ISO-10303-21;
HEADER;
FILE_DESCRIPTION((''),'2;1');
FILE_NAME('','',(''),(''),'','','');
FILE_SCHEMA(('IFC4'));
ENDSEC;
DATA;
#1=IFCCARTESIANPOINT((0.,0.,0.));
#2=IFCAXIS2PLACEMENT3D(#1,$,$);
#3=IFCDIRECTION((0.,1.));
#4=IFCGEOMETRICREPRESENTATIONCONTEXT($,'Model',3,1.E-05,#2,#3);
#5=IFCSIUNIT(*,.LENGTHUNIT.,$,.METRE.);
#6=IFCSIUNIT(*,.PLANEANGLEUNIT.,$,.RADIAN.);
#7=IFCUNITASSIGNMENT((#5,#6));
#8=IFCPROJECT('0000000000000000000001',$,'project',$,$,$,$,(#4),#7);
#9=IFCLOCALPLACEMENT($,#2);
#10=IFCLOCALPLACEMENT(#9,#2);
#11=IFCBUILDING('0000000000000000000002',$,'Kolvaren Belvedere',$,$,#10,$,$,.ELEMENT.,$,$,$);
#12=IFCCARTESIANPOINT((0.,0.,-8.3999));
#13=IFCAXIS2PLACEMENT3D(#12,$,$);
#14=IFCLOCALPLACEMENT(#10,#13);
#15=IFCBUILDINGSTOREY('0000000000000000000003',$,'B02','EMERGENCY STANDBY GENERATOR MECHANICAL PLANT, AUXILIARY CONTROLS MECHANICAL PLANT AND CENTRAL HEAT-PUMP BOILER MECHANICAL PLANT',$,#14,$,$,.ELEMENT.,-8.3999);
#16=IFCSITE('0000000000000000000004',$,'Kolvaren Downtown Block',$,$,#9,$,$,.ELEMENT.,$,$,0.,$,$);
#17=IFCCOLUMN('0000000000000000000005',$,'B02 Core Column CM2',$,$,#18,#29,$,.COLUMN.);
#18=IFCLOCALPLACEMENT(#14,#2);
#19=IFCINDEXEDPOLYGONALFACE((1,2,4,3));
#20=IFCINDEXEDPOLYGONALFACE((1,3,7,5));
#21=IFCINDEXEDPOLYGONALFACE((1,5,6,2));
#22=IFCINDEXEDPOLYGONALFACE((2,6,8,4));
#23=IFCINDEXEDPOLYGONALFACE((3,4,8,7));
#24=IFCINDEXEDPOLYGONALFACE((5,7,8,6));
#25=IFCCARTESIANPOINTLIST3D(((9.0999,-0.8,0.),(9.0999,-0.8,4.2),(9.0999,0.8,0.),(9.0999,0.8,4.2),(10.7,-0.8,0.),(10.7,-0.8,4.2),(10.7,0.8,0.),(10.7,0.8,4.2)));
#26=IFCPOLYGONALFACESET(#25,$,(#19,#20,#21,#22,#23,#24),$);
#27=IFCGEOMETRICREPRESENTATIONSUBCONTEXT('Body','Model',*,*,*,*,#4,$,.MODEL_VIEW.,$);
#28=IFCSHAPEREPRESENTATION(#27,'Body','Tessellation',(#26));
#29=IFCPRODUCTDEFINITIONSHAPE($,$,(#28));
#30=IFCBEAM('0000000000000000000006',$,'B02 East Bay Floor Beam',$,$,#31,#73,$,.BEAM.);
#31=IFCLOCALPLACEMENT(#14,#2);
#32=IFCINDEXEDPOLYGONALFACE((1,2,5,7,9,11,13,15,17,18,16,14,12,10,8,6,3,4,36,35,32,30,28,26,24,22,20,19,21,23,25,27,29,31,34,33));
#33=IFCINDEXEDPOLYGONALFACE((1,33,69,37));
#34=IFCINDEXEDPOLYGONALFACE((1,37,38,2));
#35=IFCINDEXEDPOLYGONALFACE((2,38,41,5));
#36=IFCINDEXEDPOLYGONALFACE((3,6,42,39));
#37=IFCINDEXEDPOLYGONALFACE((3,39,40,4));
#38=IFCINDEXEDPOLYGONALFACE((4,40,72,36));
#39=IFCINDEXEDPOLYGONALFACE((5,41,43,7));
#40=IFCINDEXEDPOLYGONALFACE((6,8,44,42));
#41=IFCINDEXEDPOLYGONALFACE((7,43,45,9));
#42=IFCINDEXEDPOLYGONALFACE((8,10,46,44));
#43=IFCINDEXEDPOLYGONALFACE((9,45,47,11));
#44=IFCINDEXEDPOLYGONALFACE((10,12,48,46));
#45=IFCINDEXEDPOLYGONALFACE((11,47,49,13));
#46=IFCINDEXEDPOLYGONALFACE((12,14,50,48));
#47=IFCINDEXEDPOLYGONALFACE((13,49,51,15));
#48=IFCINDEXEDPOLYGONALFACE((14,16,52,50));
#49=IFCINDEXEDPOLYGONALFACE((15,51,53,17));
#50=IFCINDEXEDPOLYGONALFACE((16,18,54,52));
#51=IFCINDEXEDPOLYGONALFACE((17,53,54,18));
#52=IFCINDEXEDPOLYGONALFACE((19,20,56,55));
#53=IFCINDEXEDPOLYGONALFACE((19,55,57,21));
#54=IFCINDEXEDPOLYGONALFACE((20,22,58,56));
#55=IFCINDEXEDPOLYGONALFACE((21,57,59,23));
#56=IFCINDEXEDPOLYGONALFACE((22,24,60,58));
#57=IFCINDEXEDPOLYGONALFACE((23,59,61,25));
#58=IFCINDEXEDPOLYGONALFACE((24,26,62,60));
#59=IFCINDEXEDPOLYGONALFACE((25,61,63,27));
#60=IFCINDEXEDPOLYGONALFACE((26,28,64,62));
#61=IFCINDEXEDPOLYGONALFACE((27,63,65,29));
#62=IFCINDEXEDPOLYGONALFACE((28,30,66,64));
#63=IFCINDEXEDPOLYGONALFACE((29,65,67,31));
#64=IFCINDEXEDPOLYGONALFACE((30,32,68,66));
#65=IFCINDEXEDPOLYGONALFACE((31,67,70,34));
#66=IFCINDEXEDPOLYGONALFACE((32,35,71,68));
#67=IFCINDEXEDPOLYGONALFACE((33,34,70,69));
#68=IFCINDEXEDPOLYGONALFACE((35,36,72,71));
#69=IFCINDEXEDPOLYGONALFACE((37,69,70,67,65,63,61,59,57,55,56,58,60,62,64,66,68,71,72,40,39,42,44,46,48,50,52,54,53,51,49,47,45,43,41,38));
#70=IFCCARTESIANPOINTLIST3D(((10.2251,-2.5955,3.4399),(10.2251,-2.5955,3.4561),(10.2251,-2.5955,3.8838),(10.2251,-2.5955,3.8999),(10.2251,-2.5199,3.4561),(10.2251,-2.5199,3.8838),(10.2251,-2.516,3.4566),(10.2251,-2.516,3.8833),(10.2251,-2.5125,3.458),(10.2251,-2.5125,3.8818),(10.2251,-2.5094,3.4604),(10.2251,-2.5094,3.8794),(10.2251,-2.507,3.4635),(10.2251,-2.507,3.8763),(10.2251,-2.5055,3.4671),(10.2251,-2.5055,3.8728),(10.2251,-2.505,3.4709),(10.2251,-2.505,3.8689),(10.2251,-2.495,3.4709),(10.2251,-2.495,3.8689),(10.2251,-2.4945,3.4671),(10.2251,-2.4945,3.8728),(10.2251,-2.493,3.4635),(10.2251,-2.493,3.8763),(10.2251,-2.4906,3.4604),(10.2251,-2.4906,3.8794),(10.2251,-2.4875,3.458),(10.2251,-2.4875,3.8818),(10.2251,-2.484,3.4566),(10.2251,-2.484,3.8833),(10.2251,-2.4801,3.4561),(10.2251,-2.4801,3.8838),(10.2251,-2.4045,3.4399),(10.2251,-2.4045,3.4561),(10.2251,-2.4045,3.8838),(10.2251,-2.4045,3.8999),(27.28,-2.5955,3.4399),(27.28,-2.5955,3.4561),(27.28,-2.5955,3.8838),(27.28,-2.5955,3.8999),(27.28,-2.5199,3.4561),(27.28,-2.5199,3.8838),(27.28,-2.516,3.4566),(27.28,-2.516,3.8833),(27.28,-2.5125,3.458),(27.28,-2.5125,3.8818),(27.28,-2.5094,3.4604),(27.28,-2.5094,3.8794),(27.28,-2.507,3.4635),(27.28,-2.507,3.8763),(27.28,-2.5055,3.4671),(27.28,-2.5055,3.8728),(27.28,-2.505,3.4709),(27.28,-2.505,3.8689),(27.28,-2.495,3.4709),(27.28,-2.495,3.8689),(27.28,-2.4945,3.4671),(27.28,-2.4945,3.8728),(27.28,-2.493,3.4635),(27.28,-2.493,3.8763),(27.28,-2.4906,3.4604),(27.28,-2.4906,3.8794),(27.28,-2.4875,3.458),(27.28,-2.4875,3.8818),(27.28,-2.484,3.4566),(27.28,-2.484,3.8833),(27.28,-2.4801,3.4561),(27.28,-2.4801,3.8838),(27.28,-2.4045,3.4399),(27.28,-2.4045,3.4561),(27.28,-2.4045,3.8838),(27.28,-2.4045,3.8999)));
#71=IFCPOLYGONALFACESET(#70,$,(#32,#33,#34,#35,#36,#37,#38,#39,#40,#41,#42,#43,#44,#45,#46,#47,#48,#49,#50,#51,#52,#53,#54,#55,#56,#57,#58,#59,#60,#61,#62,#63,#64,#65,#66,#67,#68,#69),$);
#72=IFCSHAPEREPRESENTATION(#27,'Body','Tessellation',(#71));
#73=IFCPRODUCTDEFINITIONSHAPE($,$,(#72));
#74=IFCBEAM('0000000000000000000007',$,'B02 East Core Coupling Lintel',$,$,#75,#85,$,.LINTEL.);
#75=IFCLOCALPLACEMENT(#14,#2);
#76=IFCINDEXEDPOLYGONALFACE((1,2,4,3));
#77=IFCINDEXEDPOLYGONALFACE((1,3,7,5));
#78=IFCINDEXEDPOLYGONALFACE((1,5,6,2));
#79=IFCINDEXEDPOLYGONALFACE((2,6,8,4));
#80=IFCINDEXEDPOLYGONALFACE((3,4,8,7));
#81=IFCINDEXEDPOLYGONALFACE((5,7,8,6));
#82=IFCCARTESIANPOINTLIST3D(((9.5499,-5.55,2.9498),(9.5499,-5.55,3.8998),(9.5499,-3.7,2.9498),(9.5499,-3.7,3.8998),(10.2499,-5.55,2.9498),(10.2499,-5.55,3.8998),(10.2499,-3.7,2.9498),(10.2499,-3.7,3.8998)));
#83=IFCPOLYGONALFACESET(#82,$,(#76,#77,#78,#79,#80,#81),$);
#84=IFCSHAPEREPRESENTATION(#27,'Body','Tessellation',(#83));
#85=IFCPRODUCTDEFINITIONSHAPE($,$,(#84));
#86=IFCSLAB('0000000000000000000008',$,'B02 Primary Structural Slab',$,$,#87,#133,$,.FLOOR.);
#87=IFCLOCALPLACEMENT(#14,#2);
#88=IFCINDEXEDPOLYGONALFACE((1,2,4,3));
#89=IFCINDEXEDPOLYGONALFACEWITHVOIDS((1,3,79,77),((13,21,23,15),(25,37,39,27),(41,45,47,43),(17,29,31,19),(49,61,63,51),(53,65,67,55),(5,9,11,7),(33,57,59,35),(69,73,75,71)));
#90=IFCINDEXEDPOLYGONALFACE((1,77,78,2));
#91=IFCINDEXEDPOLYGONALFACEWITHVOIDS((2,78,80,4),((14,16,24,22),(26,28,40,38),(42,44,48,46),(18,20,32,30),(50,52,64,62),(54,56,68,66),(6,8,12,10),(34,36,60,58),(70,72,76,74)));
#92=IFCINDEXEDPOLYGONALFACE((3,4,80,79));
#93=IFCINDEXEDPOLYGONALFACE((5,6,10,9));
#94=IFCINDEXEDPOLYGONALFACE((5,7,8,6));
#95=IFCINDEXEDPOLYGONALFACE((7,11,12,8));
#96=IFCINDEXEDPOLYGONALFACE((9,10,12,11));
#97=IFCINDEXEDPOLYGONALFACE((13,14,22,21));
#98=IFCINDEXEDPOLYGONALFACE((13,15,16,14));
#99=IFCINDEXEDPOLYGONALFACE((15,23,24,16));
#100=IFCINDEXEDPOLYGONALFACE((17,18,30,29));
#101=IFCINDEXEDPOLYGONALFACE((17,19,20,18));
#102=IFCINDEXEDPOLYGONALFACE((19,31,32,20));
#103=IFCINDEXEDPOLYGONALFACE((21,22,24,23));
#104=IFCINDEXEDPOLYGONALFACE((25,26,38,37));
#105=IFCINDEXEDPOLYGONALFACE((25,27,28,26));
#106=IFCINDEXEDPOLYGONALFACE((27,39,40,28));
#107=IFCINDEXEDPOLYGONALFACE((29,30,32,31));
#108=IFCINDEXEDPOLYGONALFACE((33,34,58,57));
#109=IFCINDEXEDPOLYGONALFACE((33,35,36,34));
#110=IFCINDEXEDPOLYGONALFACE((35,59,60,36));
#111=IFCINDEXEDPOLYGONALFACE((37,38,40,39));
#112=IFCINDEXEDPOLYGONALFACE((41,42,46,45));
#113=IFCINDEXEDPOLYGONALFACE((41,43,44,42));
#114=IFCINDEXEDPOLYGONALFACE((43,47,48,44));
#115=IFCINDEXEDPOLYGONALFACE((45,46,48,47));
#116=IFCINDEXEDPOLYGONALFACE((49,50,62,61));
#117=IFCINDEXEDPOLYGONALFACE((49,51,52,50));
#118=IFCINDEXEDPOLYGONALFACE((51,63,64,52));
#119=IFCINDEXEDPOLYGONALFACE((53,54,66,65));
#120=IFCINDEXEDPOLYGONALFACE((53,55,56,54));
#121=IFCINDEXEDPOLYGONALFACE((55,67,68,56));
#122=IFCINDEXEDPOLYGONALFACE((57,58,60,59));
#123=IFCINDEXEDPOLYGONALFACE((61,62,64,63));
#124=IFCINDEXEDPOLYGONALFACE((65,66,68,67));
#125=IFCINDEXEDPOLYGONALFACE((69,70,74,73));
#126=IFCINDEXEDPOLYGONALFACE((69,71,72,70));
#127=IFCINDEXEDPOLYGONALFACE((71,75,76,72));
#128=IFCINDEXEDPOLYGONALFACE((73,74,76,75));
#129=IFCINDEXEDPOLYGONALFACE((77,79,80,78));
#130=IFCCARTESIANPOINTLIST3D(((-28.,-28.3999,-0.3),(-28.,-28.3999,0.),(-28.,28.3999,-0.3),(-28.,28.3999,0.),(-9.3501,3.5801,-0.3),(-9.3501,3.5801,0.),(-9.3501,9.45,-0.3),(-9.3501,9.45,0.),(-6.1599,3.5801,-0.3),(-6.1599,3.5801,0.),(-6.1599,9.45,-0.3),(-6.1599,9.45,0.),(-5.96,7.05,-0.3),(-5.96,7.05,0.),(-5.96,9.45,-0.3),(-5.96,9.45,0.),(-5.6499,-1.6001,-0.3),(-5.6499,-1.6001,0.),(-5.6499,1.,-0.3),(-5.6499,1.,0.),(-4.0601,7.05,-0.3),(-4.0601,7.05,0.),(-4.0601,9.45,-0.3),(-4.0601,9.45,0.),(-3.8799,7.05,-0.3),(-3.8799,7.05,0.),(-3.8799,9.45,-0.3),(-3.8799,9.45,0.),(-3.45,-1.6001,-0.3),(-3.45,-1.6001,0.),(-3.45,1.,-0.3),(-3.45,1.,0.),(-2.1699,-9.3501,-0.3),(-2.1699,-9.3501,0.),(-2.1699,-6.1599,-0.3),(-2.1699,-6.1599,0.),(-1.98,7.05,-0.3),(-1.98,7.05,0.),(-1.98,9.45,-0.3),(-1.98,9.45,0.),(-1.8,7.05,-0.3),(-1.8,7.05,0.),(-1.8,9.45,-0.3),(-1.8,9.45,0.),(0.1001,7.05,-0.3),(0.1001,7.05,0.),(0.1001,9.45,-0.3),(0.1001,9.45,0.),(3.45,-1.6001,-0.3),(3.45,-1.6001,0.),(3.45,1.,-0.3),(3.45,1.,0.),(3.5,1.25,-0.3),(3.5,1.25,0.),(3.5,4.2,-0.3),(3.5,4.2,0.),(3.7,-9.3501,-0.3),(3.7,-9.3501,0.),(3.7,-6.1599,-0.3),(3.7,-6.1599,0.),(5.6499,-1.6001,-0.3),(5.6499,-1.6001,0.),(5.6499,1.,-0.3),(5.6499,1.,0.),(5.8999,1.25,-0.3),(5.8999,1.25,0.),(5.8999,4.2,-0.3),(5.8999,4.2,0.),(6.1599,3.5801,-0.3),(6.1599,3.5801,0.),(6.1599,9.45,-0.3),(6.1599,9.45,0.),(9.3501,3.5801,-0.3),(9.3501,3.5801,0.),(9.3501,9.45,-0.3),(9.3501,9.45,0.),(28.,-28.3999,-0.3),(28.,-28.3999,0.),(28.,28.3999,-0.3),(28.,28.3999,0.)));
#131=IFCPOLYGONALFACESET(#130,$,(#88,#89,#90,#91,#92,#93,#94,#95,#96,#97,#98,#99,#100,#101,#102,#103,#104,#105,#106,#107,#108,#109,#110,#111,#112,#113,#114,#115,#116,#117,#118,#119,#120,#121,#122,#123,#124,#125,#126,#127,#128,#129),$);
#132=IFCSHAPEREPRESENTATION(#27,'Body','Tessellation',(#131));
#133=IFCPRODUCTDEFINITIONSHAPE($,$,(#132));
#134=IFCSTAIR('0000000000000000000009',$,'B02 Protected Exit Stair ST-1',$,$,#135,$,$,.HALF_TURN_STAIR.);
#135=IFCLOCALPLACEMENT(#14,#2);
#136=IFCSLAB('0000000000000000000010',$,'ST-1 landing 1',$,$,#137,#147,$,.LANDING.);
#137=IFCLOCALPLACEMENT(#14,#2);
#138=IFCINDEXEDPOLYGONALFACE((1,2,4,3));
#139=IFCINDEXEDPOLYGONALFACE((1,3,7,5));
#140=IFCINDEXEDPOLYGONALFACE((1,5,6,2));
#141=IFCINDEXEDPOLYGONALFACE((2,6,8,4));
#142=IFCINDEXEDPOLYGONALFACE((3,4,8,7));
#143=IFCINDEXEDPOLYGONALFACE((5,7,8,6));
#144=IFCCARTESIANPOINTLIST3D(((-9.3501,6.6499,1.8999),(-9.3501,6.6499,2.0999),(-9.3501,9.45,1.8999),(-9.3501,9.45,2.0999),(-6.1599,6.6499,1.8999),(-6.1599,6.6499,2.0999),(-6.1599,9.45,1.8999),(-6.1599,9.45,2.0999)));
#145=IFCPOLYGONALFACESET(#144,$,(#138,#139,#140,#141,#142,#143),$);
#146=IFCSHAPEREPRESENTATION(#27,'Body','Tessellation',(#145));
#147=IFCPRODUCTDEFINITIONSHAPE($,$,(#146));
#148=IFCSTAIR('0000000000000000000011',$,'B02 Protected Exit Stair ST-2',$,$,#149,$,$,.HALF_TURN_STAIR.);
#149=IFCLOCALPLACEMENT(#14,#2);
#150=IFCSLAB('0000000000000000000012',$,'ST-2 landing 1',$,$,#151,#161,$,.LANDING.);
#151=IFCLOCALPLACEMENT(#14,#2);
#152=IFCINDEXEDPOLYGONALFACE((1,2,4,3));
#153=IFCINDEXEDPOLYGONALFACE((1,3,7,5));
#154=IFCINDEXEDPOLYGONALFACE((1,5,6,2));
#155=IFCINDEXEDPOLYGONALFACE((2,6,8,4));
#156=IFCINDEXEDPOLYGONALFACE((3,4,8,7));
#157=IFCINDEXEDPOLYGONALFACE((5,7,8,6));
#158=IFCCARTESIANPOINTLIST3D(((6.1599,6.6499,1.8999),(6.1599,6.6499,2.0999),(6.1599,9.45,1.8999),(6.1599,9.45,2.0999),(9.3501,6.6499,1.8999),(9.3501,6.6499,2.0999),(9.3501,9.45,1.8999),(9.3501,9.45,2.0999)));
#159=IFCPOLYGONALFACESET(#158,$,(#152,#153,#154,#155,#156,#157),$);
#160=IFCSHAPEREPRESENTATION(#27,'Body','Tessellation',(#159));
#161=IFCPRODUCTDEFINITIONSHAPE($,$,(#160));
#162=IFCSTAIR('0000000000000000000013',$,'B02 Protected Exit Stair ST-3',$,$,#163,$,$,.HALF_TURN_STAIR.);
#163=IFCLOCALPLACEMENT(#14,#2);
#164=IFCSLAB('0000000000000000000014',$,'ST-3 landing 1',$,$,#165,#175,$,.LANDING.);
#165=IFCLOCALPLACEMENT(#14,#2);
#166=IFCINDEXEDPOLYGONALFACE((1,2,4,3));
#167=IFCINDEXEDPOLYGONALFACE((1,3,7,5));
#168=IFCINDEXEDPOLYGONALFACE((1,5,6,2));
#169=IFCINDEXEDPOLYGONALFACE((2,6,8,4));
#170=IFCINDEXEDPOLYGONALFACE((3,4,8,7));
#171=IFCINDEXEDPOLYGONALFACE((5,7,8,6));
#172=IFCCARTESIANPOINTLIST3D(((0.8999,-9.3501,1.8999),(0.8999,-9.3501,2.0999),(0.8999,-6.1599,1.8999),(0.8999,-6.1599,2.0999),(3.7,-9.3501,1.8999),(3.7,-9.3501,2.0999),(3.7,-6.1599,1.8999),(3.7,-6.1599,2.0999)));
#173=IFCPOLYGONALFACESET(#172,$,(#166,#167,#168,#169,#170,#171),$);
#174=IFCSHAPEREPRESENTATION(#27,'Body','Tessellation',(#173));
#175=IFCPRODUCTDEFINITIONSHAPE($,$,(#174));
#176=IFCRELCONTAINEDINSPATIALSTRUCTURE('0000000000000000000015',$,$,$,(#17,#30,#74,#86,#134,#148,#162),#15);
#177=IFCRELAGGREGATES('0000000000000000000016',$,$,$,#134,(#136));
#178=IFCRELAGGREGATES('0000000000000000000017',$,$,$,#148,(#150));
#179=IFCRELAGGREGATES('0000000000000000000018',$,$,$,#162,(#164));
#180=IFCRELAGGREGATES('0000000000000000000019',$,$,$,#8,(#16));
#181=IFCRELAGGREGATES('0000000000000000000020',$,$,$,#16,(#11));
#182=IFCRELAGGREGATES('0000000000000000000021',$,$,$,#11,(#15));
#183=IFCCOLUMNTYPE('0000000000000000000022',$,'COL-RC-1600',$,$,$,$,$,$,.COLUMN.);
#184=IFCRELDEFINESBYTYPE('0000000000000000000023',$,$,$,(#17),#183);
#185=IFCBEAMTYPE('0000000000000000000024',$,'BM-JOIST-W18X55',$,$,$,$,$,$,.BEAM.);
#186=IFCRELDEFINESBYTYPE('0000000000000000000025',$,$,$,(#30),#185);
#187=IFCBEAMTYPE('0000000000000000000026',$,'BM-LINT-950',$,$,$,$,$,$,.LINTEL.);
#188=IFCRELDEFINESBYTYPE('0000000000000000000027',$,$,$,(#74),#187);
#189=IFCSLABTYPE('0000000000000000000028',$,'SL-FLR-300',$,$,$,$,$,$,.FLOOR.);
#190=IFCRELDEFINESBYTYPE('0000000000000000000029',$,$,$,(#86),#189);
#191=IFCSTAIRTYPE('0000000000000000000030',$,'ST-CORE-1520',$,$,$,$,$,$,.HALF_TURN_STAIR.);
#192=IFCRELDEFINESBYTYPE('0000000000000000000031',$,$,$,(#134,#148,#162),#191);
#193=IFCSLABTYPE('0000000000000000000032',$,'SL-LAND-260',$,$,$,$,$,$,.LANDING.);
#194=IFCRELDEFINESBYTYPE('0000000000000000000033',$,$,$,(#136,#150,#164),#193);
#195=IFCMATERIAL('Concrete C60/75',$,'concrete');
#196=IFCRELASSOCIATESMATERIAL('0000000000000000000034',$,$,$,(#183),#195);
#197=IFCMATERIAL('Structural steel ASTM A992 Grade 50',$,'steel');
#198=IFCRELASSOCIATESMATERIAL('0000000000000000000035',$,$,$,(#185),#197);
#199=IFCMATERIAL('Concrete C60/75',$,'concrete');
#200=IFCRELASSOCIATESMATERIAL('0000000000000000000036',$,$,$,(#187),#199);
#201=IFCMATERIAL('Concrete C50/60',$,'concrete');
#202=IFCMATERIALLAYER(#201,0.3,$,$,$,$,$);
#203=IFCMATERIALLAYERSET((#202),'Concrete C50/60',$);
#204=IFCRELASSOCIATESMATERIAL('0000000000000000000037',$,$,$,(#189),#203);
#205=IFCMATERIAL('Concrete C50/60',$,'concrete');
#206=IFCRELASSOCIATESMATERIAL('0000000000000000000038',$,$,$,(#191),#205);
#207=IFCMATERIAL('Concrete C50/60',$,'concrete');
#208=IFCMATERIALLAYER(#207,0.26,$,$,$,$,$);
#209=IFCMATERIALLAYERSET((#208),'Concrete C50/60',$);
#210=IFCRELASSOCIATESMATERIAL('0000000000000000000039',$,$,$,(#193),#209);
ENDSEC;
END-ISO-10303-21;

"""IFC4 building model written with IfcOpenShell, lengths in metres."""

from ifc_helpers import new_model, si_unit, direction, frame, origin, origin_2d, place, context, subcontext, project, spatial, polyline, rectangle, i_section, outline, extrude, material, layer, layer_set, material_profile, profile_set, type_object, element, aggregate, save


model = new_model("IFC4")

# Units and contexts
model_context = context("Model", 3, precision=1e-05, world=origin(), true_north=direction((0.0, 1.0)))
body_context = subcontext(model_context, "Body", "Model", "MODEL_VIEW")
ifc_project = project(units=[si_unit("LENGTHUNIT", "METRE"), si_unit("PLANEANGLEUNIT", "RADIAN")], contexts=[model_context])

# Site, building, storey
site_placement = place(None, origin())
site = spatial("IfcSite", under=ifc_project, at=site_placement, Name="Kolvaren Downtown Block", CompositionType="ELEMENT", RefElevation=0.0)
building_placement = place(site_placement, origin())
building = spatial("IfcBuilding", under=site, at=building_placement, Name="Kolvaren Belvedere", CompositionType="ELEMENT")
storey_placement = place(building_placement, frame((0.0, 0.0, -8.3999)))
storey = spatial("IfcBuildingStorey", under=building, at=storey_placement, Name="B02", Description="EMERGENCY STANDBY GENERATOR MECHANICAL PLANT, AUXILIARY CONTROLS MECHANICAL PLANT AND CENTRAL HEAT-PUMP BOILER MECHANICAL PLANT", CompositionType="ELEMENT", Elevation=-8.3999)

# Column
ifc_material_1 = material(Name="Concrete C60/75", Category="concrete")
ifc_material_profile_1 = material_profile(ifc_material_1, rectangle(XDim=1.6001, YDim=1.6001, at=origin_2d()), Name="RC 1600X1600")
ifc_profile_set_1 = profile_set([ifc_material_profile_1], Name="Concrete C60/75")
column_type = type_object("IfcColumnType", Name="COL-RC-1600", PredefinedType="COLUMN", material=ifc_profile_set_1)
column_placement = place(storey_placement, frame((9.8999, 0.0, 0.0), z_axis=(0.0, 0.0, 1.0), x_axis=(1.0, 0.0, 0.0)))
element("IfcColumn", 1, at=column_placement, inside=storey, type_object=column_type, Name="B02 Core Column CM2", PredefinedType="COLUMN", context=body_context, shape_type="SweptSolid", body=[
    extrude(rectangle(XDim=1.6001, YDim=1.6001, at=origin_2d()), origin(), (0.0, 0.0, 1.0), 4.2),
])

# Beams
ifc_material_2 = material(Name="Structural steel ASTM A992 Grade 50", Category="steel")
ifc_material_profile_2 = material_profile(ifc_material_2, i_section(OverallWidth=0.1909, OverallDepth=0.46, WebThickness=0.01, FlangeThickness=0.0161, FilletRadius=0.0149, at=origin_2d()), Name="W18X55")
ifc_profile_set_2 = profile_set([ifc_material_profile_2], Name="Structural steel ASTM A992 Grade 50")
beam_type_1 = type_object("IfcBeamType", Name="BM-JOIST-W18X55", PredefinedType="BEAM", material=ifc_profile_set_2)
beam_1_placement = place(storey_placement, frame((10.2251, -2.5, 3.6699), z_axis=(1.0, 0.0, 0.0), x_axis=(0.0, 1.0, 0.0)))
element("IfcBeam", 2, at=beam_1_placement, inside=storey, type_object=beam_type_1, Name="B02 East Bay Floor Beam", PredefinedType="BEAM", context=body_context, shape_type="SweptSolid", body=[
    extrude(i_section(OverallWidth=0.1909, OverallDepth=0.46, WebThickness=0.01, FlangeThickness=0.0161, FilletRadius=0.0149, at=origin_2d()), origin(), (0.0, 0.0, 1.0), 17.0549),
])
ifc_material_3 = material(Name="Concrete C60/75", Category="concrete")
ifc_material_profile_3 = material_profile(ifc_material_3, rectangle(XDim=0.7, YDim=0.95, at=origin_2d()), Name="RC 700X950")
ifc_profile_set_3 = profile_set([ifc_material_profile_3], Name="Concrete C60/75")
beam_type_2 = type_object("IfcBeamType", Name="BM-LINT-950", PredefinedType="LINTEL", material=ifc_profile_set_3)
beam_2_placement = place(storey_placement, frame((9.8999, -5.55, 3.4248), z_axis=(0.0, 1.0, 0.0), x_axis=(-1.0, 0.0, 0.0)))
element("IfcBeam", 3, at=beam_2_placement, inside=storey, type_object=beam_type_2, Name="B02 East Core Coupling Lintel", PredefinedType="LINTEL", context=body_context, shape_type="SweptSolid", body=[
    extrude(rectangle(XDim=0.7, YDim=0.95, at=origin_2d()), origin(), (0.0, 0.0, 1.0), 1.8501),
])

# Slab
ifc_material_4 = material(Name="Concrete C50/60", Category="concrete")
ifc_layer_1 = layer(ifc_material_4, 0.3)
ifc_layer_set_1 = layer_set([ifc_layer_1], Name="Concrete C50/60")
slab_type_1 = type_object("IfcSlabType", Name="SL-FLR-300", PredefinedType="FLOOR", material=ifc_layer_set_1)
slab_1_placement = place(storey_placement, frame((0.0, 0.0, -0.3)))
element("IfcSlab", 4, at=slab_1_placement, inside=storey, type_object=slab_type_1, Name="B02 Primary Structural Slab", PredefinedType="FLOOR", context=body_context, shape_type="SweptSolid", body=[
    extrude(outline(polyline([(-28.0, -28.3999), (28.0, -28.3999), (28.0, 28.3999), (-28.0, 28.3999), (-28.0, -28.3999)]), holes=[polyline([(-9.3501, 3.5801), (-6.1599, 3.5801), (-6.1599, 9.45), (-9.3501, 9.45), (-9.3501, 3.5801)]), polyline([(6.1599, 3.5801), (9.3501, 3.5801), (9.3501, 9.45), (6.1599, 9.45), (6.1599, 3.5801)]), polyline([(-2.1699, -9.3501), (3.7, -9.3501), (3.7, -6.1599), (-2.1699, -6.1599), (-2.1699, -9.3501)]), polyline([(-5.6499, -1.6001), (-3.45, -1.6001), (-3.45, 1.0), (-5.6499, 1.0), (-5.6499, -1.6001)]), polyline([(3.5, 1.25), (5.8999, 1.25), (5.8999, 4.2), (3.5, 4.2), (3.5, 1.25)]), polyline([(3.45, -1.6001), (5.6499, -1.6001), (5.6499, 1.0), (3.45, 1.0), (3.45, -1.6001)]), polyline([(-5.96, 7.05), (-4.0601, 7.05), (-4.0601, 9.45), (-5.96, 9.45), (-5.96, 7.05)]), polyline([(-3.8799, 7.05), (-1.98, 7.05), (-1.98, 9.45), (-3.8799, 9.45), (-3.8799, 7.05)]), polyline([(-1.8, 7.05), (0.1001, 7.05), (0.1001, 9.45), (-1.8, 9.45), (-1.8, 7.05)])]), origin(), (0.0, 0.0, 1.0), 0.3),
])

# Stairs, slabs
ifc_material_5 = material(Name="Concrete C50/60", Category="concrete")
stair_type = type_object("IfcStairType", Name="ST-CORE-1520", PredefinedType="HALF_TURN_STAIR", material=ifc_material_5)
stair_1_placement = place(storey_placement, origin())
stair_1 = element("IfcStair", 5, at=stair_1_placement, inside=storey, type_object=stair_type, Name="B02 Protected Exit Stair ST-1", PredefinedType="HALF_TURN_STAIR")
ifc_material_6 = material(Name="Concrete C50/60", Category="concrete")
ifc_layer_2 = layer(ifc_material_6, 0.26)
ifc_layer_set_2 = layer_set([ifc_layer_2], Name="Concrete C50/60")
slab_type_2 = type_object("IfcSlabType", Name="SL-LAND-260", PredefinedType="LANDING", material=ifc_layer_set_2)
slab_2_placement = place(storey_placement, frame((0.0, 0.0, 1.8999)))
slab_2 = element("IfcSlab", 6, at=slab_2_placement, type_object=slab_type_2, Name="ST-1 landing 1", PredefinedType="LANDING", context=body_context, shape_type="SweptSolid", body=[
    extrude(outline(polyline([(-6.1599, 6.6499), (-6.1599, 9.45), (-9.3501, 9.45), (-9.3501, 6.6499), (-6.1599, 6.6499)])), origin(), (0.0, 0.0, 1.0), 0.2),
])
aggregate(stair_1, [slab_2])
stair_2_placement = place(storey_placement, origin())
stair_2 = element("IfcStair", 7, at=stair_2_placement, inside=storey, type_object=stair_type, Name="B02 Protected Exit Stair ST-2", PredefinedType="HALF_TURN_STAIR")
slab_3_placement = place(storey_placement, frame((0.0, 0.0, 1.8999)))
slab_3 = element("IfcSlab", 8, at=slab_3_placement, type_object=slab_type_2, Name="ST-2 landing 1", PredefinedType="LANDING", context=body_context, shape_type="SweptSolid", body=[
    extrude(outline(polyline([(9.3501, 6.6499), (9.3501, 9.45), (6.1599, 9.45), (6.1599, 6.6499), (9.3501, 6.6499)])), origin(), (0.0, 0.0, 1.0), 0.2),
])
aggregate(stair_2, [slab_3])
stair_3_placement = place(storey_placement, origin())
stair_3 = element("IfcStair", 9, at=stair_3_placement, inside=storey, type_object=stair_type, Name="B02 Protected Exit Stair ST-3", PredefinedType="HALF_TURN_STAIR")
slab_4_placement = place(storey_placement, frame((0.0, 0.0, 1.8999)))
slab_4 = element("IfcSlab", 10, at=slab_4_placement, type_object=slab_type_2, Name="ST-3 landing 1", PredefinedType="LANDING", context=body_context, shape_type="SweptSolid", body=[
    extrude(outline(polyline([(0.8999, -9.3501), (3.7, -9.3501), (3.7, -6.1599), (0.8999, -6.1599), (0.8999, -9.3501)])), origin(), (0.0, 0.0, 1.0), 0.2),
])

aggregate(stair_3, [slab_4])

save(model, "model.ifc")
